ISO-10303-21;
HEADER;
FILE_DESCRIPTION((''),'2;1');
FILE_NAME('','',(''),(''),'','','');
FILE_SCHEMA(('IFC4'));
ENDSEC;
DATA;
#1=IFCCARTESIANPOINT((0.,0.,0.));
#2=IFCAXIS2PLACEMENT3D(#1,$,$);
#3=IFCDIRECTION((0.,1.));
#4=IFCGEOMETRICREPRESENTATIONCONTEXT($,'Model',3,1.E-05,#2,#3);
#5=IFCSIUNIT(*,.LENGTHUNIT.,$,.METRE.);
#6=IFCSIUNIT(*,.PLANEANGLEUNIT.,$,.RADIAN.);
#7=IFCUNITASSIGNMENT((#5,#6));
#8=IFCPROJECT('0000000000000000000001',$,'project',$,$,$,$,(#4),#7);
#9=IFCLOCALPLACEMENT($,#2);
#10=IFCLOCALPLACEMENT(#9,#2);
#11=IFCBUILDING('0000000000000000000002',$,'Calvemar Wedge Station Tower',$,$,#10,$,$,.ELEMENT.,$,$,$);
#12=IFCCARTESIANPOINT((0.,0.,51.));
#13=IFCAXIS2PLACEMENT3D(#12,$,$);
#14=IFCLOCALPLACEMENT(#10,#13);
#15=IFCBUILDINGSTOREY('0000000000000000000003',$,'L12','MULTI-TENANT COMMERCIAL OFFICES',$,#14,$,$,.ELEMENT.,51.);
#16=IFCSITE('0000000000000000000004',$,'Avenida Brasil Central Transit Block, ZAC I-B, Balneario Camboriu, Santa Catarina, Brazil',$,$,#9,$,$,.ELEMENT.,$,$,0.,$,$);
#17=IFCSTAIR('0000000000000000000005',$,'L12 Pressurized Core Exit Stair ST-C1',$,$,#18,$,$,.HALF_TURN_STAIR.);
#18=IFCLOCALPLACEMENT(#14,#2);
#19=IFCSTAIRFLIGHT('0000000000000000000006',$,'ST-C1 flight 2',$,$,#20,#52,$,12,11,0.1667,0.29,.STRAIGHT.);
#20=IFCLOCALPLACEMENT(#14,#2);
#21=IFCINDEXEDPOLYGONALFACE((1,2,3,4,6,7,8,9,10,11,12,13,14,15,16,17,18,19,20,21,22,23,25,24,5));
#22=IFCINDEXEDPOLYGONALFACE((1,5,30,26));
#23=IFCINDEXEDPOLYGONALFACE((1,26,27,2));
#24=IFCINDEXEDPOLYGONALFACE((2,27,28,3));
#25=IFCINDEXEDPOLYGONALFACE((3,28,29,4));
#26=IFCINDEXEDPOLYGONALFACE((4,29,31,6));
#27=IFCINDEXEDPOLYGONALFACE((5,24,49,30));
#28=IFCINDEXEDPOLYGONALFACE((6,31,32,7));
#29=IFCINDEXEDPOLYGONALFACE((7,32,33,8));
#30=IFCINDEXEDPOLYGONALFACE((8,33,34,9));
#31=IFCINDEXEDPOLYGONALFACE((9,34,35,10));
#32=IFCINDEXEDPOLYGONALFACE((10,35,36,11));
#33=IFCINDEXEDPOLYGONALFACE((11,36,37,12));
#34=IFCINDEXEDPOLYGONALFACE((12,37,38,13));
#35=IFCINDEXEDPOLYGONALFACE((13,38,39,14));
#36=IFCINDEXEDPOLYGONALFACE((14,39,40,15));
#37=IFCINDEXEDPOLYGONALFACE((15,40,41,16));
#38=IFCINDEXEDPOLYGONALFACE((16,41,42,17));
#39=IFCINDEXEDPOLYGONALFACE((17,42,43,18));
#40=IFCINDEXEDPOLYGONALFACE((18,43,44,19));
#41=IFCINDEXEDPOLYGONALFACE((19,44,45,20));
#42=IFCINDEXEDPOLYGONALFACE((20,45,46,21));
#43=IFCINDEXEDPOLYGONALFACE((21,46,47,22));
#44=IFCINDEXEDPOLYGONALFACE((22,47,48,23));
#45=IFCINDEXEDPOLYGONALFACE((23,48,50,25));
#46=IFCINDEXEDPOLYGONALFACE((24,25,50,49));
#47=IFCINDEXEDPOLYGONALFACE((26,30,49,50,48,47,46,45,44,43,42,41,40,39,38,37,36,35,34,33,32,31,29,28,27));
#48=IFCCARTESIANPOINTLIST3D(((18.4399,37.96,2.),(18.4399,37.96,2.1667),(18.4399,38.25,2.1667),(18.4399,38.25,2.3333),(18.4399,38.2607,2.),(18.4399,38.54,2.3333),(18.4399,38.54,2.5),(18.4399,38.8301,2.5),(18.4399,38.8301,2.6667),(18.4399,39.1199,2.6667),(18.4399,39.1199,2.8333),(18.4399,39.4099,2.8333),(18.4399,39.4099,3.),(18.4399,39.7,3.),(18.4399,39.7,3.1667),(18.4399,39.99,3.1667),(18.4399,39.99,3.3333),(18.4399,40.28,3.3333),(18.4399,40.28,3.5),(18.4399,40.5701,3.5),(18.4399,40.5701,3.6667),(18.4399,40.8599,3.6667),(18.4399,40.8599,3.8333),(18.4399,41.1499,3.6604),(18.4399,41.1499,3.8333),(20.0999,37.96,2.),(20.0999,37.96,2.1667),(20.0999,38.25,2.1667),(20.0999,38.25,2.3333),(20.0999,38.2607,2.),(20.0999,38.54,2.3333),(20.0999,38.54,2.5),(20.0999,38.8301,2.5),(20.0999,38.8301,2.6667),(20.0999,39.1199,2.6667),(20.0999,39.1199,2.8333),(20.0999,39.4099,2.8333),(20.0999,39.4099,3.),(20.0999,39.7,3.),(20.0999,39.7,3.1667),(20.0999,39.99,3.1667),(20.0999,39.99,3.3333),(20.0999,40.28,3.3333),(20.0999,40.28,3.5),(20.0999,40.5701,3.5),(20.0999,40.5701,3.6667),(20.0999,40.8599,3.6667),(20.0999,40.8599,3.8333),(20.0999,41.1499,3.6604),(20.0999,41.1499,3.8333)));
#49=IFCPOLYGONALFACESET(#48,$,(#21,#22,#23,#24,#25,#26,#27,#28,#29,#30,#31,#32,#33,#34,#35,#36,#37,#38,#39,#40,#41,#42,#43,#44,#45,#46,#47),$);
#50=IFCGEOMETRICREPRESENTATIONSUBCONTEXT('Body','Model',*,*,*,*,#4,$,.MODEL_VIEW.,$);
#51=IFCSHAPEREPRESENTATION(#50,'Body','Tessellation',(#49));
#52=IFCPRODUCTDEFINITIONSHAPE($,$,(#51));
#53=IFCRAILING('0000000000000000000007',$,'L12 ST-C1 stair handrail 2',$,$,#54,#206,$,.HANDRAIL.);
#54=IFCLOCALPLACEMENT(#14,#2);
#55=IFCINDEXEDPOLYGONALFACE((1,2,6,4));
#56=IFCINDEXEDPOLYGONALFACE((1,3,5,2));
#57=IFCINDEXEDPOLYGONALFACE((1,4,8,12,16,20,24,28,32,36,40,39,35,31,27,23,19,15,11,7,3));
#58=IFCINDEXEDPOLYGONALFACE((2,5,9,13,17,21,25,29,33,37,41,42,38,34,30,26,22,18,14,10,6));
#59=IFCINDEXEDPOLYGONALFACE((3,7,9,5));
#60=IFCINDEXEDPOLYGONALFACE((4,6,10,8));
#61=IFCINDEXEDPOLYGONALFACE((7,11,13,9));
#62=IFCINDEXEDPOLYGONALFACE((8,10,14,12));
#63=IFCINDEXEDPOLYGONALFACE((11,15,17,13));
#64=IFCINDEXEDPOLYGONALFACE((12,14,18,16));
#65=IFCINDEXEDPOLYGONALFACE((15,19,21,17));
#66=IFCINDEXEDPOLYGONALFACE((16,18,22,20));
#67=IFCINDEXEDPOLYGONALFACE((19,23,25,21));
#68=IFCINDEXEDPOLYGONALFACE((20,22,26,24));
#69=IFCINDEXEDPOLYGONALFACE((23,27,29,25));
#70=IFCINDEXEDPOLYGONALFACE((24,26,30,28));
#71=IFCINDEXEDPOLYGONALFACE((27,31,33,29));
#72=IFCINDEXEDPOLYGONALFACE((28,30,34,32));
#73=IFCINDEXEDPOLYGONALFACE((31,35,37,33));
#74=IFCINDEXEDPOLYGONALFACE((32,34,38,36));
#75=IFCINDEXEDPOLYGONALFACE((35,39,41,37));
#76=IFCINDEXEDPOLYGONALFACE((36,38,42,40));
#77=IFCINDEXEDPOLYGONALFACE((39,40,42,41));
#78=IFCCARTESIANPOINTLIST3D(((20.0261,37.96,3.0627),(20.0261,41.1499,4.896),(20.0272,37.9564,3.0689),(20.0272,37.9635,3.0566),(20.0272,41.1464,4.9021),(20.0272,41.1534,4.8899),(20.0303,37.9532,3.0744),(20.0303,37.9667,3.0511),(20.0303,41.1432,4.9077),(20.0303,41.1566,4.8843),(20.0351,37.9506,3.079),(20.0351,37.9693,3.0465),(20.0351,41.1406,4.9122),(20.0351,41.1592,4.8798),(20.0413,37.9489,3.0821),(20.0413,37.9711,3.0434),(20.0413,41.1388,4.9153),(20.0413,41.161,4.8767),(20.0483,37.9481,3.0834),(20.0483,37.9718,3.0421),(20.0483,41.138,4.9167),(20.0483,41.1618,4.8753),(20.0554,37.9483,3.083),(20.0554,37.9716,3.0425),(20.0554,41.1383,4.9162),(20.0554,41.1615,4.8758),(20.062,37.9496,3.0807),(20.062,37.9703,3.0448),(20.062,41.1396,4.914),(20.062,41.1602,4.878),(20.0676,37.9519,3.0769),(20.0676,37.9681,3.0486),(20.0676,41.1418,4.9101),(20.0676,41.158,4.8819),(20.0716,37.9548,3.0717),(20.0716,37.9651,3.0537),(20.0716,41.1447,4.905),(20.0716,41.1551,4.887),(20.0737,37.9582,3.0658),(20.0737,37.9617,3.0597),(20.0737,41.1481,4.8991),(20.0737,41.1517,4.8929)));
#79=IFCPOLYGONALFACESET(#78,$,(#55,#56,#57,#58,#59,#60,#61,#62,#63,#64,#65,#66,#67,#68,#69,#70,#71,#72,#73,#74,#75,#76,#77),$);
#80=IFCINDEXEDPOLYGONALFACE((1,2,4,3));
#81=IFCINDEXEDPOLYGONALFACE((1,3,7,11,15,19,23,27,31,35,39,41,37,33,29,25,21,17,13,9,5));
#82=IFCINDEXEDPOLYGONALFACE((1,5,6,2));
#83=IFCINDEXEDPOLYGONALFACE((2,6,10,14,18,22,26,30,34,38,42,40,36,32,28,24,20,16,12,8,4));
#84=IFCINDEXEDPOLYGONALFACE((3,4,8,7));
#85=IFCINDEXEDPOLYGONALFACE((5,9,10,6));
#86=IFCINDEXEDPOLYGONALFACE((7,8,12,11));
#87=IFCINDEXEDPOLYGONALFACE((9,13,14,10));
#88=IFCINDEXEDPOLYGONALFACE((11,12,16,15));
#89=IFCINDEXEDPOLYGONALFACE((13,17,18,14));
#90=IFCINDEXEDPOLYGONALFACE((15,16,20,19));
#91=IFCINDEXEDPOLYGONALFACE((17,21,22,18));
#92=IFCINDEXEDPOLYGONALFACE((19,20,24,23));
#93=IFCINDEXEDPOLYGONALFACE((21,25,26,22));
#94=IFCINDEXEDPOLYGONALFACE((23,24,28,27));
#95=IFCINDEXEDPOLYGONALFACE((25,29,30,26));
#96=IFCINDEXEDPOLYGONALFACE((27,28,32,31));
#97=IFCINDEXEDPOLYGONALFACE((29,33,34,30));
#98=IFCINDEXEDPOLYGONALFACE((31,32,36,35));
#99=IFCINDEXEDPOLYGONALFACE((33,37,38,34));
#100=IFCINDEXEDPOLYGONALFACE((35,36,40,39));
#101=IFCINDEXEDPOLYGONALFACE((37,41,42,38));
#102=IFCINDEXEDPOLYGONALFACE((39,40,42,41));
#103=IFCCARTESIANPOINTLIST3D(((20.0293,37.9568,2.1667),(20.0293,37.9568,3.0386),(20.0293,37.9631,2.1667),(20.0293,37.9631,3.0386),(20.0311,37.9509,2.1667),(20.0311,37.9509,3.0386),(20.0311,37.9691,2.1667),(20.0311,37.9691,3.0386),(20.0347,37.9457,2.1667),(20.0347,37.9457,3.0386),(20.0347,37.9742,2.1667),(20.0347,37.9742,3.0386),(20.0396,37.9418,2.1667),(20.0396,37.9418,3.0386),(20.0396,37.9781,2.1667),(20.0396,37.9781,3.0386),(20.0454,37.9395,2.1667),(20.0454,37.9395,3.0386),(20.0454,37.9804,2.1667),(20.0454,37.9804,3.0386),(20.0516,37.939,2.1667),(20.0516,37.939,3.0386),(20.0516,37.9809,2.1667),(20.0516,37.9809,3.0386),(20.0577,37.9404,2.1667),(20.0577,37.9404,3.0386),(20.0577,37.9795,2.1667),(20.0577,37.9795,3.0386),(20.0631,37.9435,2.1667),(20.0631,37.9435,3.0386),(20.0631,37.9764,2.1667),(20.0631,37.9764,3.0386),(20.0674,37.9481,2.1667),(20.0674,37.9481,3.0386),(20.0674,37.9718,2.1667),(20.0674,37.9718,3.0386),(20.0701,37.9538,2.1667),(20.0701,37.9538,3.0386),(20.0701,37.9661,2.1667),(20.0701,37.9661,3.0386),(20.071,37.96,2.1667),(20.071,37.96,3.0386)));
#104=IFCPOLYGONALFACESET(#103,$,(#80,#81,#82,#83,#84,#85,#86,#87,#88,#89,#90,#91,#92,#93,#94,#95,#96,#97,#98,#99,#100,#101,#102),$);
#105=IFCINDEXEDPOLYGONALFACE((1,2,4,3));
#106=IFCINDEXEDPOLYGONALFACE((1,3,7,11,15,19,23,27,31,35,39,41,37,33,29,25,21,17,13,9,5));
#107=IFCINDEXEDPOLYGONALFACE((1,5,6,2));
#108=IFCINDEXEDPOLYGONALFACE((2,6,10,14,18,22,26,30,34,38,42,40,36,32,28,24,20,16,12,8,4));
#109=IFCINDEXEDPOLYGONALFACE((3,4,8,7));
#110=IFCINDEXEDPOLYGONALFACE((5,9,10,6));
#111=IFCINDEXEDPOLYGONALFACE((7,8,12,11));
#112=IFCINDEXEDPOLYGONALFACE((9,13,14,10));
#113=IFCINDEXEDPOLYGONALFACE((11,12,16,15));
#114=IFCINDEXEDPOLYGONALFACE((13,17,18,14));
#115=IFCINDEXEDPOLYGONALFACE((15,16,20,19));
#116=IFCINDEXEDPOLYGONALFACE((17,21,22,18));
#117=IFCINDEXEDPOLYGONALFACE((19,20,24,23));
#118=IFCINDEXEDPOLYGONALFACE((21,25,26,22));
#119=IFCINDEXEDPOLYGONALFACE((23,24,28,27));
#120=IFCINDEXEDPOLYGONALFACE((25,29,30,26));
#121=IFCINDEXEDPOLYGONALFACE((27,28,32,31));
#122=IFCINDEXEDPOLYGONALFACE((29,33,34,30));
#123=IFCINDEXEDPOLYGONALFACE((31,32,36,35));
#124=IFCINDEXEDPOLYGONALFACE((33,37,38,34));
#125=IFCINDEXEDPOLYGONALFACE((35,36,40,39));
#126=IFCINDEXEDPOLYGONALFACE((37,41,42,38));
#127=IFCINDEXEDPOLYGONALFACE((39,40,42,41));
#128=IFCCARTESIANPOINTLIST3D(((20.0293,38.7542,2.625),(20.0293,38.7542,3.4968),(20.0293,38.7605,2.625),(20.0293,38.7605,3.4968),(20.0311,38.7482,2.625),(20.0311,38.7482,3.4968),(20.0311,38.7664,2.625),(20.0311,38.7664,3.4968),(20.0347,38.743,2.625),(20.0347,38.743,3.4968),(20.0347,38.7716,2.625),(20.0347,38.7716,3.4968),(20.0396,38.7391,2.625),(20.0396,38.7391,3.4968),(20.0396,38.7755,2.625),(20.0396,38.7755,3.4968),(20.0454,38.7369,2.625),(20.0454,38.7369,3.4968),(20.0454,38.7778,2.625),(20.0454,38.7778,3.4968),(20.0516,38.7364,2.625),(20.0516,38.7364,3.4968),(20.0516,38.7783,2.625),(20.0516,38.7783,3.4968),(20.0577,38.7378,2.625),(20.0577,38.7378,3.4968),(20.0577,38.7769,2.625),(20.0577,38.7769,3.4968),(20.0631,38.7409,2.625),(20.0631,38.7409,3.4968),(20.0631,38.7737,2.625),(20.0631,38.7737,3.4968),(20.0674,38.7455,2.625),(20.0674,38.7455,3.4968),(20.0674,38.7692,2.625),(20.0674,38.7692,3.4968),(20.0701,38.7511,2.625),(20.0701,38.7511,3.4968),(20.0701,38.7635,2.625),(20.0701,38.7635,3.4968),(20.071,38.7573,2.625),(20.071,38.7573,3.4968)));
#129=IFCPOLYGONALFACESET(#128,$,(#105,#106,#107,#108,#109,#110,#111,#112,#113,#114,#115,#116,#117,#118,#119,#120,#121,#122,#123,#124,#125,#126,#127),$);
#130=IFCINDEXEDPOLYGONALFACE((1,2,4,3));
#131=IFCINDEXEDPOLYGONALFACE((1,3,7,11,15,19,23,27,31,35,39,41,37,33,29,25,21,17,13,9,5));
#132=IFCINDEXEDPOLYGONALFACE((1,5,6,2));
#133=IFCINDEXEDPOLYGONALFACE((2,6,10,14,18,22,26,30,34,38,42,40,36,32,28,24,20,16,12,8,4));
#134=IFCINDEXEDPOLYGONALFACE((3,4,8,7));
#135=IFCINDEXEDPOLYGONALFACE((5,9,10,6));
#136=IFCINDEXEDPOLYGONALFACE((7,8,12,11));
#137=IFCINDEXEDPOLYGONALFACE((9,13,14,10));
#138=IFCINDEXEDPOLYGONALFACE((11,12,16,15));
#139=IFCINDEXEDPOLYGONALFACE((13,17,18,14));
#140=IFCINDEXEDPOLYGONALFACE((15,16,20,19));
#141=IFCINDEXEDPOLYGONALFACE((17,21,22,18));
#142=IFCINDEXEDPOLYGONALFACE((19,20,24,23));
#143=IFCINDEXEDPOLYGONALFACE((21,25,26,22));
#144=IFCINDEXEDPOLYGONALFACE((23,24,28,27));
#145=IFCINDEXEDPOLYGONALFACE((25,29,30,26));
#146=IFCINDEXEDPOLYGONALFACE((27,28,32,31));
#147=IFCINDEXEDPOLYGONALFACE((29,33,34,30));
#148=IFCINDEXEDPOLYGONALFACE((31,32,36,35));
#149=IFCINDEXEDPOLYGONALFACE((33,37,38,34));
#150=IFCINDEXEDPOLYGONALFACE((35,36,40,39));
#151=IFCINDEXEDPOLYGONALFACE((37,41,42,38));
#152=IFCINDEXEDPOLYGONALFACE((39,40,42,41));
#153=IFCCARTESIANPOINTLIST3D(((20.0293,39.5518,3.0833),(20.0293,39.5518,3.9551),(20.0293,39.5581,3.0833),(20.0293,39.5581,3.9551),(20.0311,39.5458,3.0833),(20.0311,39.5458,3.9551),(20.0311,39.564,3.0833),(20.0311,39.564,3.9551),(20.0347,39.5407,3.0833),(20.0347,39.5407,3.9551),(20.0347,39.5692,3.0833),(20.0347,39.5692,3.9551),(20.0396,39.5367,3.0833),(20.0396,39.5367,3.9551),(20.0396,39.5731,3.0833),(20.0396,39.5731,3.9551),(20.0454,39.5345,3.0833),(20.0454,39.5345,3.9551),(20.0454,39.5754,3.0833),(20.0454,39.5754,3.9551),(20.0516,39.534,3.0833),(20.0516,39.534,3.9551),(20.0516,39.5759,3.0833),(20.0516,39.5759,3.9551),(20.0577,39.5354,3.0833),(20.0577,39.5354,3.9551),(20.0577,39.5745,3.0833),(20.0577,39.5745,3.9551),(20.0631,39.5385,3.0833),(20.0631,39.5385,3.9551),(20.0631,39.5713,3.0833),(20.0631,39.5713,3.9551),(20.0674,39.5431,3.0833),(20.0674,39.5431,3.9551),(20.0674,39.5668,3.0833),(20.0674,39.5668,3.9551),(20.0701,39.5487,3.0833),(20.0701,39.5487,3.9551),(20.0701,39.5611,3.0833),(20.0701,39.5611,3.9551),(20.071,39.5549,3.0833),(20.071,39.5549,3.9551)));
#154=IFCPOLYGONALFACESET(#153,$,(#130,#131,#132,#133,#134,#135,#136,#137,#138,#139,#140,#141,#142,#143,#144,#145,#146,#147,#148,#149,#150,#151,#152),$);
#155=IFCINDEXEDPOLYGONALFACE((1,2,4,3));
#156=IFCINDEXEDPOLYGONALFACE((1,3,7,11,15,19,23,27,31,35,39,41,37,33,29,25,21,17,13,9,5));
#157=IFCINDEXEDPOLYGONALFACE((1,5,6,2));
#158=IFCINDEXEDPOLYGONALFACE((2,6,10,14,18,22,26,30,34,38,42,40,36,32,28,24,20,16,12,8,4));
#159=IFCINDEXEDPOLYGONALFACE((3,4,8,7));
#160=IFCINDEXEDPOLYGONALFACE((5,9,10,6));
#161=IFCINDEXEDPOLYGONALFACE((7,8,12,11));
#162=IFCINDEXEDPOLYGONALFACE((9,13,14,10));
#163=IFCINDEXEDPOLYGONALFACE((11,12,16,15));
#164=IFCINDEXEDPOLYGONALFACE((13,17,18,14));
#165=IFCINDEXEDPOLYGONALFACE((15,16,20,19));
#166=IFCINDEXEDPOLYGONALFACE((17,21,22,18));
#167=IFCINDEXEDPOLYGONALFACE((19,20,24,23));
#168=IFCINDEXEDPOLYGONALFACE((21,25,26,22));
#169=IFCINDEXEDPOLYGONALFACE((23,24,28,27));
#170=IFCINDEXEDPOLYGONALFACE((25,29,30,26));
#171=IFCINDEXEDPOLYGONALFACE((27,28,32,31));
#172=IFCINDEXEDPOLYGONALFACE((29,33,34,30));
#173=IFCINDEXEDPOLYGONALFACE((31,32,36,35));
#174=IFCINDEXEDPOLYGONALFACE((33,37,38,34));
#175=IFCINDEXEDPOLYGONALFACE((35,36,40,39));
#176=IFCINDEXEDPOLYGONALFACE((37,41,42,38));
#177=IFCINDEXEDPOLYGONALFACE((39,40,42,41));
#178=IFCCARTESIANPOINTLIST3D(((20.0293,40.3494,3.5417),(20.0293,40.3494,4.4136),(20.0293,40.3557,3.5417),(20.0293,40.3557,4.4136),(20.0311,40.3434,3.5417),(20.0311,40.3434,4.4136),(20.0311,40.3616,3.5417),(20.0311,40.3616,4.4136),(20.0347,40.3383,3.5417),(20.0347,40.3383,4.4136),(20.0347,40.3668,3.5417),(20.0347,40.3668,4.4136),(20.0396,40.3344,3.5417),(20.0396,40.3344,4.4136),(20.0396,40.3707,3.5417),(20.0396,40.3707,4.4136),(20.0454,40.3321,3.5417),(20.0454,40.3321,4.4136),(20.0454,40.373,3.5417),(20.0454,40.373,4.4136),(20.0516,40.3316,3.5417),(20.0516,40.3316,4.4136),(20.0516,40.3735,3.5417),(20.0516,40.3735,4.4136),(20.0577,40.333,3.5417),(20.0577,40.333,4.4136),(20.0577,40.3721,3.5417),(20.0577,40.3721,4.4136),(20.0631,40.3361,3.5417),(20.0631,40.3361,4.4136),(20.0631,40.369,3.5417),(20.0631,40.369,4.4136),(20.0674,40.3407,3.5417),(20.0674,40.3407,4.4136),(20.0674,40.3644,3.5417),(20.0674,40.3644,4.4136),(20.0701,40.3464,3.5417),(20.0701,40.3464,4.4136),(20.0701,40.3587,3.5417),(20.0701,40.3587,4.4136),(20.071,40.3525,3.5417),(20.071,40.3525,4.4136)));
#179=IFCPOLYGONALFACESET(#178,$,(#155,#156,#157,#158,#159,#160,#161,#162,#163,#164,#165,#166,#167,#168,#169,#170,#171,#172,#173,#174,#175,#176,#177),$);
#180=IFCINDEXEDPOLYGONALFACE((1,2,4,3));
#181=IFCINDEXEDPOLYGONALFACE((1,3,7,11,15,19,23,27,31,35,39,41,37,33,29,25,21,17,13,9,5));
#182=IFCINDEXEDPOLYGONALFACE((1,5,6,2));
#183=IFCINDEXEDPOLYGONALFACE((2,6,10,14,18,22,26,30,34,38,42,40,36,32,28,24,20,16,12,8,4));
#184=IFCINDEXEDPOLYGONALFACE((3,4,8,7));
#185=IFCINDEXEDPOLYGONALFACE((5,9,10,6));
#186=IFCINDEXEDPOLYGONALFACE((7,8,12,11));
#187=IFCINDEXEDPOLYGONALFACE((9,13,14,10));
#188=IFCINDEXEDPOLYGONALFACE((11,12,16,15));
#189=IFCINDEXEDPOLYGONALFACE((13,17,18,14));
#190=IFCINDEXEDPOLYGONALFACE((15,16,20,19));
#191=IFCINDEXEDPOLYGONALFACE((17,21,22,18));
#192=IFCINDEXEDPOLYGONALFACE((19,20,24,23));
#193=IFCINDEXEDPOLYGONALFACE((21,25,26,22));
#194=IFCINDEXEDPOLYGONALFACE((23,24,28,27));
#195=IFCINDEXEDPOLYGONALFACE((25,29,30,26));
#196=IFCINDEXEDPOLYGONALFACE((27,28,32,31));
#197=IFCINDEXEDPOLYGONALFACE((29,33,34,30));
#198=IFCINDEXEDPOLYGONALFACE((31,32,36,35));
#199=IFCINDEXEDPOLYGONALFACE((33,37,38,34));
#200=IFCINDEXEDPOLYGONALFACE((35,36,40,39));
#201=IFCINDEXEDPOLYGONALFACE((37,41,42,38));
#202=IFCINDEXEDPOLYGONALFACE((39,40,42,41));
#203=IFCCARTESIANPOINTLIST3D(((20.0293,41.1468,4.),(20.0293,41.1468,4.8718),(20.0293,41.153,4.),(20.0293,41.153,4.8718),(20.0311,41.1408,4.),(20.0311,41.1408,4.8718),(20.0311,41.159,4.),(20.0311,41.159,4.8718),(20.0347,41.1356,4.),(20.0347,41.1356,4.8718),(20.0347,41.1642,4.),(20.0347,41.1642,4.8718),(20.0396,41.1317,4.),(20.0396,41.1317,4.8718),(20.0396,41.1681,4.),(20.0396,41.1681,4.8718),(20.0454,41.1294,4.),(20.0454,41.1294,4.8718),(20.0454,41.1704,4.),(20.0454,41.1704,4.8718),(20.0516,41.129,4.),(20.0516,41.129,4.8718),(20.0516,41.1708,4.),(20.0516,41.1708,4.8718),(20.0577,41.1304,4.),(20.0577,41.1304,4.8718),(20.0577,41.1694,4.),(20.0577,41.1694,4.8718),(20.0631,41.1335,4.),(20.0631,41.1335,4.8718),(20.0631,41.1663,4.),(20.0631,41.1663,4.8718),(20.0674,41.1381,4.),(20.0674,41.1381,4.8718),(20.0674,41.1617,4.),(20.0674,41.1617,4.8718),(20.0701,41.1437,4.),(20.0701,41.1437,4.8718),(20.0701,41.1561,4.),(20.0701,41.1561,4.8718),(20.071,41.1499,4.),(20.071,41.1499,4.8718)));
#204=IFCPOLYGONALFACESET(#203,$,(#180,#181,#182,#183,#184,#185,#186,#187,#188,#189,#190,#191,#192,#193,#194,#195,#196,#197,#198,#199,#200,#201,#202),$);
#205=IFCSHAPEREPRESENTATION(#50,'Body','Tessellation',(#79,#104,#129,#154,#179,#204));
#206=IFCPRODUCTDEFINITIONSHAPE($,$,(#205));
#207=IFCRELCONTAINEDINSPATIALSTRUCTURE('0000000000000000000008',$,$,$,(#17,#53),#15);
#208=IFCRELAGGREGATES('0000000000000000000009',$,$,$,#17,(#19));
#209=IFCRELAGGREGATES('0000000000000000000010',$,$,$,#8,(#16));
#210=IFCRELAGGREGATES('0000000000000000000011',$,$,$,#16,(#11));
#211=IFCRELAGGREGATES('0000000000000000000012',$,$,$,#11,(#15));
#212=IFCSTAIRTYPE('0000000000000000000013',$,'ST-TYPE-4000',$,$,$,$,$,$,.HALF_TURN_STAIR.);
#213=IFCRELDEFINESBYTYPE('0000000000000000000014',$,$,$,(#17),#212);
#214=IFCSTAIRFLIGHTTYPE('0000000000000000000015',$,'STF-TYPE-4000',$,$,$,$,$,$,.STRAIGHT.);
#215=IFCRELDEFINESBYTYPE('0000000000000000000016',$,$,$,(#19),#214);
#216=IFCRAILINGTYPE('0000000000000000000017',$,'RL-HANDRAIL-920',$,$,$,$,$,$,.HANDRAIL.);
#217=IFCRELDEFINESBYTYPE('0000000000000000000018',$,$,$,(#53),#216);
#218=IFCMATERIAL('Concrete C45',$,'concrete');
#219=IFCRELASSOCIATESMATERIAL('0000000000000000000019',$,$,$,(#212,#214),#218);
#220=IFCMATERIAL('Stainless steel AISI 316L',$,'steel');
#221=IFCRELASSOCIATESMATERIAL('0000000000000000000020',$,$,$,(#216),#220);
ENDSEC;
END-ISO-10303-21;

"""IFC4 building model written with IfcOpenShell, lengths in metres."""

from ifc_helpers import new_model, si_unit, direction, frame, origin, origin_2d, place, context, subcontext, project, spatial, polyline, circle, outline, extrude, material, type_object, element, aggregate, save


model = new_model("IFC4")

# Units and contexts
model_context = context("Model", 3, precision=1e-05, world=origin(), true_north=direction((0.0, 1.0)))
body_context = subcontext(model_context, "Body", "Model", "MODEL_VIEW")
ifc_project = project(units=[si_unit("LENGTHUNIT", "METRE"), si_unit("PLANEANGLEUNIT", "RADIAN")], contexts=[model_context])

# Site, building, storey
site_placement = place(None, origin())
site = spatial("IfcSite", under=ifc_project, at=site_placement, Name="Avenida Brasil Central Transit Block, ZAC I-B, Balneario Camboriu, Santa Catarina, Brazil", CompositionType="ELEMENT", RefElevation=0.0)
building_placement = place(site_placement, origin())
building = spatial("IfcBuilding", under=site, at=building_placement, Name="Calvemar Wedge Station Tower", CompositionType="ELEMENT")
storey_placement = place(building_placement, frame((0.0, 0.0, 51.0)))
storey = spatial("IfcBuildingStorey", under=building, at=storey_placement, Name="L12", Description="MULTI-TENANT COMMERCIAL OFFICES", CompositionType="ELEMENT", Elevation=51.0)

# Stair, stair flight
ifc_material_1 = material(Name="Concrete C45", Category="concrete")
stair_type = type_object("IfcStairType", Name="ST-TYPE-4000", PredefinedType="HALF_TURN_STAIR", material=ifc_material_1)
stair_placement = place(storey_placement, origin())
stair = element("IfcStair", 1, at=stair_placement, inside=storey, type_object=stair_type, Name="L12 Pressurized Core Exit Stair ST-C1", PredefinedType="HALF_TURN_STAIR")
stair_flight_type = type_object("IfcStairFlightType", Name="STF-TYPE-4000", PredefinedType="STRAIGHT", material=ifc_material_1)
stair_flight_placement = place(storey_placement, frame((19.27, 37.96, 2.0), z_axis=(0.0, 0.0, 1.0), x_axis=(0.0, 1.0, 0.0)))
stair_flight = element("IfcStairFlight", 2, at=stair_flight_placement, type_object=stair_flight_type, Name="ST-C1 flight 2", NumberOfRisers=12, NumberOfTreads=11, PredefinedType="STRAIGHT", RiserHeight=0.1667, TreadLength=0.29, context=body_context, shape_type="SweptSolid", body=[
    extrude(outline(polyline([(0.0, 0.0), (0.0, 0.1667), (0.29, 0.1667), (0.29, 0.3333), (0.5801, 0.3333), (0.5801, 0.5), (0.8701, 0.5), (0.8701, 0.6667), (1.1599, 0.6667), (1.1599, 0.8333), (1.45, 0.8333), (1.45, 1.0), (1.74, 1.0), (1.74, 1.1667), (2.03, 1.1667), (2.03, 1.3333), (2.3201, 1.3333), (2.3201, 1.5), (2.6101, 1.5), (2.6101, 1.6667), (2.8999, 1.6667), (2.8999, 1.8333), (3.1899, 1.8333), (3.1899, 2.0), (3.1899, 1.6604), (0.3008, 0.0), (0.0, 0.0)])), frame((0.0, 0.8301, 0.0), z_axis=(0.0, -1.0, 0.0), x_axis=(1.0, 0.0, 0.0)), (0.0, 0.0, 1.0), 1.6599),
])
aggregate(stair, [stair_flight])

# Railing
ifc_material_2 = material(Name="Stainless steel AISI 316L", Category="steel")
railing_type_1 = type_object("IfcRailingType", Name="RL-HANDRAIL-920", PredefinedType="HANDRAIL", material=ifc_material_2)
railing_1_placement = place(storey_placement, frame((20.05, 37.96, 2.1667)))
element("IfcRailing", 3, at=railing_1_placement, inside=storey, type_object=railing_type_1, Name="L12 ST-C1 stair handrail 2", PredefinedType="HANDRAIL", context=body_context, shape_type="SweptSolid", body=[
    extrude(circle(Radius=0.0239, at=origin_2d()), frame((0.0, 0.0, 0.896), z_axis=(0.0, 0.86702, 0.498274), x_axis=(-1.0, 0.0, 0.0)), (0.0, 0.0, 1.0), 3.6792),
    extrude(circle(Radius=0.021, at=origin_2d()), origin(), (0.0, 0.0, 1.0), 0.8718),
    extrude(circle(Radius=0.021, at=origin_2d()), frame((0.0, 0.7974, 0.4583)), (0.0, 0.0, 1.0), 0.8718),
    extrude(circle(Radius=0.021, at=origin_2d()), frame((0.0, 1.595, 0.9165)), (0.0, 0.0, 1.0), 0.8718),
    extrude(circle(Radius=0.021, at=origin_2d()), frame((0.0, 2.3926, 1.375)), (0.0, 0.0, 1.0), 0.8718),
    extrude(circle(Radius=0.021, at=origin_2d()), frame((0.0, 3.1899, 1.8333)), (0.0, 0.0, 1.0), 0.8718),
])

save(model, "model.ifc")
